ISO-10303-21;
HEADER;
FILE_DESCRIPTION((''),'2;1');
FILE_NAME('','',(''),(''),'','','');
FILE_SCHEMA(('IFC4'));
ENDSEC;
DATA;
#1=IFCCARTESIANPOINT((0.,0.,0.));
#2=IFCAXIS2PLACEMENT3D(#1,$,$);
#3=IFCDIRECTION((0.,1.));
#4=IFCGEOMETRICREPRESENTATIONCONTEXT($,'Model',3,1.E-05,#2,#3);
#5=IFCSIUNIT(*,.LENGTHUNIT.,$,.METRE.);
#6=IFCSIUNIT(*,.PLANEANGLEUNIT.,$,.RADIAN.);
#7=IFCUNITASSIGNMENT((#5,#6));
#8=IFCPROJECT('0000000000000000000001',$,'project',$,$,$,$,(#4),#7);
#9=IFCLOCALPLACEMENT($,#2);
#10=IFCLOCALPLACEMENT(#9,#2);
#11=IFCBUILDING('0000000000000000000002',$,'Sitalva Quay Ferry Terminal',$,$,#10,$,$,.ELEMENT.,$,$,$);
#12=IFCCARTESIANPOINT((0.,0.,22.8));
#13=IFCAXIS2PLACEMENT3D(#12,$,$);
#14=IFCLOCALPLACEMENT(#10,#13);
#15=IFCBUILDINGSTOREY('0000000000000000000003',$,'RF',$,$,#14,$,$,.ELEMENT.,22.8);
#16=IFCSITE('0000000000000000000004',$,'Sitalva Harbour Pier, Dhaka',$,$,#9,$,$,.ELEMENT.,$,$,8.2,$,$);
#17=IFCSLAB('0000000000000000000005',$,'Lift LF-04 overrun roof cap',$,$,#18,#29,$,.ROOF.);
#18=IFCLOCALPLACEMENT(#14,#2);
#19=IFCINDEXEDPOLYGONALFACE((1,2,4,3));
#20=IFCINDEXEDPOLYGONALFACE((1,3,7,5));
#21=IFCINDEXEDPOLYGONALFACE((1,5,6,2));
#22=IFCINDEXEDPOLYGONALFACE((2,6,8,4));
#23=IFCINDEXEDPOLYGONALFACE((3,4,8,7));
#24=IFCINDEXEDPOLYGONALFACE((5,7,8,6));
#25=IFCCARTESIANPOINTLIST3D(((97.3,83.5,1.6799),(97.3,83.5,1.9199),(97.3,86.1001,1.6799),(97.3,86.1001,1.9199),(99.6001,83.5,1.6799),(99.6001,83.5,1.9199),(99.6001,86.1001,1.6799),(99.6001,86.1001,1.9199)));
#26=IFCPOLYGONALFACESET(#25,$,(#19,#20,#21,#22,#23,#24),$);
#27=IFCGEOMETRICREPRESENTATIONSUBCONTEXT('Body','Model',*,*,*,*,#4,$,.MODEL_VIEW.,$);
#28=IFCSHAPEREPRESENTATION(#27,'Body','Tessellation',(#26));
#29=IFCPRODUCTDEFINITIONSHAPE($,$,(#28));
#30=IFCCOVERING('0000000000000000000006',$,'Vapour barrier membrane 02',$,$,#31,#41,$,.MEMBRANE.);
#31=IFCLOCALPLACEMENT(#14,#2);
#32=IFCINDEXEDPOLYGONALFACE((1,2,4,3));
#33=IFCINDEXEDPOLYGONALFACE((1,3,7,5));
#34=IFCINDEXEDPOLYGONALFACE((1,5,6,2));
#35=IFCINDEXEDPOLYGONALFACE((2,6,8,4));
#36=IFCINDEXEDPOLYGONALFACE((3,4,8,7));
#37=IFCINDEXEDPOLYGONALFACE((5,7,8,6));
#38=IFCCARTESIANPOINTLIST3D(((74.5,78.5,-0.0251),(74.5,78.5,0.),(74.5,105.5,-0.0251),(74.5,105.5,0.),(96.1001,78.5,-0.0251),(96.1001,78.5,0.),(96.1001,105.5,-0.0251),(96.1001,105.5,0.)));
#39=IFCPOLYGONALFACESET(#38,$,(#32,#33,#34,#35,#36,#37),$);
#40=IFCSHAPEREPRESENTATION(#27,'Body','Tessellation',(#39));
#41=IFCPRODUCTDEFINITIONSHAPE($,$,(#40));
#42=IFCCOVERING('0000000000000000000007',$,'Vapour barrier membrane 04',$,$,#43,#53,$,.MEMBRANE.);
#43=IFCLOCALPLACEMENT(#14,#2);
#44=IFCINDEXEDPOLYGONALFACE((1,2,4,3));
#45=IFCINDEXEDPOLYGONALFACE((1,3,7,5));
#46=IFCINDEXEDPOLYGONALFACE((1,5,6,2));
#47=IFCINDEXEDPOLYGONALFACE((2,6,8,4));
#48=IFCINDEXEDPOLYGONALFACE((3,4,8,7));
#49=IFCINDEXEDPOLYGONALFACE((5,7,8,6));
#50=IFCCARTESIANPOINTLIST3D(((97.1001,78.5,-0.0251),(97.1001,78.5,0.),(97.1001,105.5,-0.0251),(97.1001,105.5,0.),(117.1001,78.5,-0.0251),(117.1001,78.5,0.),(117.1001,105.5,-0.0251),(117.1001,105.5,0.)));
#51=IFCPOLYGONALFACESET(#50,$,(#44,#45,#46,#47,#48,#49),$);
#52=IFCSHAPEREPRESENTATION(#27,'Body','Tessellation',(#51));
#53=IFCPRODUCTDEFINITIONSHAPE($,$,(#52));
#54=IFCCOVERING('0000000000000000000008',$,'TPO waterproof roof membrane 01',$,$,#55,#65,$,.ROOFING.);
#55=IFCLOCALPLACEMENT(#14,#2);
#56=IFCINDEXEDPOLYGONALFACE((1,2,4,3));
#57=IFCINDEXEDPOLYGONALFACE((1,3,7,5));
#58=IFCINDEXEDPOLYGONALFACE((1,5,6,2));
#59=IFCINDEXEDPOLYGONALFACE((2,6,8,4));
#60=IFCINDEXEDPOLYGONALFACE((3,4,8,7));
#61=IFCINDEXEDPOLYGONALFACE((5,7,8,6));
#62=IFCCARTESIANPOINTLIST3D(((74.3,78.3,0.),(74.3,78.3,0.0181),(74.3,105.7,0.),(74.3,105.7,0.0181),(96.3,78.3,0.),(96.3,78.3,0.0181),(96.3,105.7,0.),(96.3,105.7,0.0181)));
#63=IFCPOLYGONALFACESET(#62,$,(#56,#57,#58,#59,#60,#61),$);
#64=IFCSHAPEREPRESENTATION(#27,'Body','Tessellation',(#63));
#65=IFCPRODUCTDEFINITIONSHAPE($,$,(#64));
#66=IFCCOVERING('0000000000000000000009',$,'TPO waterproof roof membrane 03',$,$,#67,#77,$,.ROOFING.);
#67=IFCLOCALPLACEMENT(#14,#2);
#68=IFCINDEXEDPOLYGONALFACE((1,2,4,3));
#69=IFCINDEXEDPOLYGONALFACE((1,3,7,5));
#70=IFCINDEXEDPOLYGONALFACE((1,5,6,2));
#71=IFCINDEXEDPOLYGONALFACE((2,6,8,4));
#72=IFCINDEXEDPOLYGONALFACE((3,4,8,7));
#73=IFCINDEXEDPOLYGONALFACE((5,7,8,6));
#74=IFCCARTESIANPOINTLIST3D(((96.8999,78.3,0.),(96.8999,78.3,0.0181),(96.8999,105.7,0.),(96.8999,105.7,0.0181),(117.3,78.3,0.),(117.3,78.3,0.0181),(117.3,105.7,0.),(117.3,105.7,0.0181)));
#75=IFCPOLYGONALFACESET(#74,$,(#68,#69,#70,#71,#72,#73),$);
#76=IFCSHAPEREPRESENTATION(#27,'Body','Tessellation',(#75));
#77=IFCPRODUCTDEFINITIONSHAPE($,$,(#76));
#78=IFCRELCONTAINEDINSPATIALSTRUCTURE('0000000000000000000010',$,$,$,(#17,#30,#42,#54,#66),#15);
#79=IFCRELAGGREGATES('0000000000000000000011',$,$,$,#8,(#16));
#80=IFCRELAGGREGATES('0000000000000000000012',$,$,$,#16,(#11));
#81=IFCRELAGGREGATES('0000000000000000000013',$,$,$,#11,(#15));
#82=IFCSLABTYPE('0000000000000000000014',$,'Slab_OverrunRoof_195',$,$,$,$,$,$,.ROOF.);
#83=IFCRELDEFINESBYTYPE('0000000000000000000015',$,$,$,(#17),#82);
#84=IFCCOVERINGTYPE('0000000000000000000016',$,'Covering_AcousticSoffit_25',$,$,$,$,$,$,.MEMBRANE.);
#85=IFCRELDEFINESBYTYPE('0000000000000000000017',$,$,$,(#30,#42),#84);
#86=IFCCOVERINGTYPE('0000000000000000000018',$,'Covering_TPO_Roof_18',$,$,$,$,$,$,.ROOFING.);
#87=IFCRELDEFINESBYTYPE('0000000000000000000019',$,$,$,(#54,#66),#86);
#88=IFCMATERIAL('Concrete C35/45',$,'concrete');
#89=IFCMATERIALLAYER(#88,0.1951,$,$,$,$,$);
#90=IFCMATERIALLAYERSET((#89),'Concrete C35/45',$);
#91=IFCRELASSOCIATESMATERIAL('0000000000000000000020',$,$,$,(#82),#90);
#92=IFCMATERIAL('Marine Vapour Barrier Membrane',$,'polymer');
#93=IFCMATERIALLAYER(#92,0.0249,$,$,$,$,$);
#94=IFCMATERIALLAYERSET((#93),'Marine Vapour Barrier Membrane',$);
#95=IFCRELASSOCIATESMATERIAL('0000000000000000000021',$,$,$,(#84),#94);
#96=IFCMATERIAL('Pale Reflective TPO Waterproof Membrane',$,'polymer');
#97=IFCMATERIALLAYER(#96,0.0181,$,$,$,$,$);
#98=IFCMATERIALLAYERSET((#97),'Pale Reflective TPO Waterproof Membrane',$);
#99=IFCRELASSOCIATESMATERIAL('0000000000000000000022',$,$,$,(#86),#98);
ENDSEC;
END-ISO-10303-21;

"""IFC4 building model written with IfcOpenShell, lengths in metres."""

from ifc_helpers import new_model, si_unit, direction, frame, origin, place, context, subcontext, project, spatial, polyline, outline, extrude, material, layer, layer_set, type_object, element, save


model = new_model("IFC4")

# Units and contexts
model_context = context("Model", 3, precision=1e-05, world=origin(), true_north=direction((0.0, 1.0)))
body_context = subcontext(model_context, "Body", "Model", "MODEL_VIEW")
ifc_project = project(units=[si_unit("LENGTHUNIT", "METRE"), si_unit("PLANEANGLEUNIT", "RADIAN")], contexts=[model_context])

# Site, building, storey
site_placement = place(None, origin())
site = spatial("IfcSite", under=ifc_project, at=site_placement, Name="Sitalva Harbour Pier, Dhaka", CompositionType="ELEMENT", RefElevation=8.2)
building_placement = place(site_placement, origin())
building = spatial("IfcBuilding", under=site, at=building_placement, Name="Sitalva Quay Ferry Terminal", CompositionType="ELEMENT")
storey_placement = place(building_placement, frame((0.0, 0.0, 22.8)))
storey = spatial("IfcBuildingStorey", under=building, at=storey_placement, Name="RF", CompositionType="ELEMENT", Elevation=22.8)

# Slab
ifc_material_1 = material(Name="Concrete C35/45", Category="concrete")
ifc_layer_1 = layer(ifc_material_1, 0.1951)
ifc_layer_set_1 = layer_set([ifc_layer_1], Name="Concrete C35/45")
slab_type_1 = type_object("IfcSlabType", Name="Slab_OverrunRoof_195", PredefinedType="ROOF", material=ifc_layer_set_1)
slab_1_placement = place(storey_placement, frame((0.0, 0.0, 1.6799)))
element("IfcSlab", 1, at=slab_1_placement, inside=storey, type_object=slab_type_1, Name="Lift LF-04 overrun roof cap", PredefinedType="ROOF", context=body_context, shape_type="SweptSolid", body=[
    extrude(outline(polyline([(97.3, 83.5), (99.6001, 83.5), (99.6001, 86.1001), (97.3, 86.1001), (97.3, 83.5)])), origin(), (0.0, 0.0, 1.0), 0.24),
])

# Coverings
ifc_material_2 = material(Name="Marine Vapour Barrier Membrane", Category="polymer")
ifc_layer_2 = layer(ifc_material_2, 0.0249)
ifc_layer_set_2 = layer_set([ifc_layer_2], Name="Marine Vapour Barrier Membrane")
covering_type_1 = type_object("IfcCoveringType", Name="Covering_AcousticSoffit_25", PredefinedType="MEMBRANE", material=ifc_layer_set_2)
covering_1_placement = place(storey_placement, frame((0.0, 0.0, -0.0251)))
element("IfcCovering", 2, at=covering_1_placement, inside=storey, type_object=covering_type_1, Name="Vapour barrier membrane 02", PredefinedType="MEMBRANE", context=body_context, shape_type="SweptSolid", body=[
    extrude(outline(polyline([(74.5, 78.5), (96.1001, 78.5), (96.1001, 105.5), (74.5, 105.5), (74.5, 78.5)])), origin(), (0.0, 0.0, 1.0), 0.0251),
])
covering_2_placement = place(storey_placement, frame((0.0, 0.0, -0.0251)))
element("IfcCovering", 3, at=covering_2_placement, inside=storey, type_object=covering_type_1, Name="Vapour barrier membrane 04", PredefinedType="MEMBRANE", context=body_context, shape_type="SweptSolid", body=[
    extrude(outline(polyline([(97.1001, 78.5), (117.1001, 78.5), (117.1001, 105.5), (97.1001, 105.5), (97.1001, 78.5)])), origin(), (0.0, 0.0, 1.0), 0.0251),
])
ifc_material_3 = material(Name="Pale Reflective TPO Waterproof Membrane", Category="polymer")
ifc_layer_3 = layer(ifc_material_3, 0.0181)
ifc_layer_set_3 = layer_set([ifc_layer_3], Name="Pale Reflective TPO Waterproof Membrane")
covering_type_2 = type_object("IfcCoveringType", Name="Covering_TPO_Roof_18", PredefinedType="ROOFING", material=ifc_layer_set_3)
covering_3_placement = place(storey_placement, origin())
element("IfcCovering", 4, at=covering_3_placement, inside=storey, type_object=covering_type_2, Name="TPO waterproof roof membrane 01", PredefinedType="ROOFING", context=body_context, shape_type="SweptSolid", body=[
    extrude(outline(polyline([(74.3, 78.3), (96.3, 78.3), (96.3, 105.7), (74.3, 105.7), (74.3, 78.3)])), origin(), (0.0, 0.0, 1.0), 0.0181),
])
covering_4_placement = place(storey_placement, origin())
element("IfcCovering", 5, at=covering_4_placement, inside=storey, type_object=covering_type_2, Name="TPO waterproof roof membrane 03", PredefinedType="ROOFING", context=body_context, shape_type="SweptSolid", body=[
    extrude(outline(polyline([(96.8999, 78.3), (117.3, 78.3), (117.3, 105.7), (96.8999, 105.7), (96.8999, 78.3)])), origin(), (0.0, 0.0, 1.0), 0.0181),
])

save(model, "model.ifc")
